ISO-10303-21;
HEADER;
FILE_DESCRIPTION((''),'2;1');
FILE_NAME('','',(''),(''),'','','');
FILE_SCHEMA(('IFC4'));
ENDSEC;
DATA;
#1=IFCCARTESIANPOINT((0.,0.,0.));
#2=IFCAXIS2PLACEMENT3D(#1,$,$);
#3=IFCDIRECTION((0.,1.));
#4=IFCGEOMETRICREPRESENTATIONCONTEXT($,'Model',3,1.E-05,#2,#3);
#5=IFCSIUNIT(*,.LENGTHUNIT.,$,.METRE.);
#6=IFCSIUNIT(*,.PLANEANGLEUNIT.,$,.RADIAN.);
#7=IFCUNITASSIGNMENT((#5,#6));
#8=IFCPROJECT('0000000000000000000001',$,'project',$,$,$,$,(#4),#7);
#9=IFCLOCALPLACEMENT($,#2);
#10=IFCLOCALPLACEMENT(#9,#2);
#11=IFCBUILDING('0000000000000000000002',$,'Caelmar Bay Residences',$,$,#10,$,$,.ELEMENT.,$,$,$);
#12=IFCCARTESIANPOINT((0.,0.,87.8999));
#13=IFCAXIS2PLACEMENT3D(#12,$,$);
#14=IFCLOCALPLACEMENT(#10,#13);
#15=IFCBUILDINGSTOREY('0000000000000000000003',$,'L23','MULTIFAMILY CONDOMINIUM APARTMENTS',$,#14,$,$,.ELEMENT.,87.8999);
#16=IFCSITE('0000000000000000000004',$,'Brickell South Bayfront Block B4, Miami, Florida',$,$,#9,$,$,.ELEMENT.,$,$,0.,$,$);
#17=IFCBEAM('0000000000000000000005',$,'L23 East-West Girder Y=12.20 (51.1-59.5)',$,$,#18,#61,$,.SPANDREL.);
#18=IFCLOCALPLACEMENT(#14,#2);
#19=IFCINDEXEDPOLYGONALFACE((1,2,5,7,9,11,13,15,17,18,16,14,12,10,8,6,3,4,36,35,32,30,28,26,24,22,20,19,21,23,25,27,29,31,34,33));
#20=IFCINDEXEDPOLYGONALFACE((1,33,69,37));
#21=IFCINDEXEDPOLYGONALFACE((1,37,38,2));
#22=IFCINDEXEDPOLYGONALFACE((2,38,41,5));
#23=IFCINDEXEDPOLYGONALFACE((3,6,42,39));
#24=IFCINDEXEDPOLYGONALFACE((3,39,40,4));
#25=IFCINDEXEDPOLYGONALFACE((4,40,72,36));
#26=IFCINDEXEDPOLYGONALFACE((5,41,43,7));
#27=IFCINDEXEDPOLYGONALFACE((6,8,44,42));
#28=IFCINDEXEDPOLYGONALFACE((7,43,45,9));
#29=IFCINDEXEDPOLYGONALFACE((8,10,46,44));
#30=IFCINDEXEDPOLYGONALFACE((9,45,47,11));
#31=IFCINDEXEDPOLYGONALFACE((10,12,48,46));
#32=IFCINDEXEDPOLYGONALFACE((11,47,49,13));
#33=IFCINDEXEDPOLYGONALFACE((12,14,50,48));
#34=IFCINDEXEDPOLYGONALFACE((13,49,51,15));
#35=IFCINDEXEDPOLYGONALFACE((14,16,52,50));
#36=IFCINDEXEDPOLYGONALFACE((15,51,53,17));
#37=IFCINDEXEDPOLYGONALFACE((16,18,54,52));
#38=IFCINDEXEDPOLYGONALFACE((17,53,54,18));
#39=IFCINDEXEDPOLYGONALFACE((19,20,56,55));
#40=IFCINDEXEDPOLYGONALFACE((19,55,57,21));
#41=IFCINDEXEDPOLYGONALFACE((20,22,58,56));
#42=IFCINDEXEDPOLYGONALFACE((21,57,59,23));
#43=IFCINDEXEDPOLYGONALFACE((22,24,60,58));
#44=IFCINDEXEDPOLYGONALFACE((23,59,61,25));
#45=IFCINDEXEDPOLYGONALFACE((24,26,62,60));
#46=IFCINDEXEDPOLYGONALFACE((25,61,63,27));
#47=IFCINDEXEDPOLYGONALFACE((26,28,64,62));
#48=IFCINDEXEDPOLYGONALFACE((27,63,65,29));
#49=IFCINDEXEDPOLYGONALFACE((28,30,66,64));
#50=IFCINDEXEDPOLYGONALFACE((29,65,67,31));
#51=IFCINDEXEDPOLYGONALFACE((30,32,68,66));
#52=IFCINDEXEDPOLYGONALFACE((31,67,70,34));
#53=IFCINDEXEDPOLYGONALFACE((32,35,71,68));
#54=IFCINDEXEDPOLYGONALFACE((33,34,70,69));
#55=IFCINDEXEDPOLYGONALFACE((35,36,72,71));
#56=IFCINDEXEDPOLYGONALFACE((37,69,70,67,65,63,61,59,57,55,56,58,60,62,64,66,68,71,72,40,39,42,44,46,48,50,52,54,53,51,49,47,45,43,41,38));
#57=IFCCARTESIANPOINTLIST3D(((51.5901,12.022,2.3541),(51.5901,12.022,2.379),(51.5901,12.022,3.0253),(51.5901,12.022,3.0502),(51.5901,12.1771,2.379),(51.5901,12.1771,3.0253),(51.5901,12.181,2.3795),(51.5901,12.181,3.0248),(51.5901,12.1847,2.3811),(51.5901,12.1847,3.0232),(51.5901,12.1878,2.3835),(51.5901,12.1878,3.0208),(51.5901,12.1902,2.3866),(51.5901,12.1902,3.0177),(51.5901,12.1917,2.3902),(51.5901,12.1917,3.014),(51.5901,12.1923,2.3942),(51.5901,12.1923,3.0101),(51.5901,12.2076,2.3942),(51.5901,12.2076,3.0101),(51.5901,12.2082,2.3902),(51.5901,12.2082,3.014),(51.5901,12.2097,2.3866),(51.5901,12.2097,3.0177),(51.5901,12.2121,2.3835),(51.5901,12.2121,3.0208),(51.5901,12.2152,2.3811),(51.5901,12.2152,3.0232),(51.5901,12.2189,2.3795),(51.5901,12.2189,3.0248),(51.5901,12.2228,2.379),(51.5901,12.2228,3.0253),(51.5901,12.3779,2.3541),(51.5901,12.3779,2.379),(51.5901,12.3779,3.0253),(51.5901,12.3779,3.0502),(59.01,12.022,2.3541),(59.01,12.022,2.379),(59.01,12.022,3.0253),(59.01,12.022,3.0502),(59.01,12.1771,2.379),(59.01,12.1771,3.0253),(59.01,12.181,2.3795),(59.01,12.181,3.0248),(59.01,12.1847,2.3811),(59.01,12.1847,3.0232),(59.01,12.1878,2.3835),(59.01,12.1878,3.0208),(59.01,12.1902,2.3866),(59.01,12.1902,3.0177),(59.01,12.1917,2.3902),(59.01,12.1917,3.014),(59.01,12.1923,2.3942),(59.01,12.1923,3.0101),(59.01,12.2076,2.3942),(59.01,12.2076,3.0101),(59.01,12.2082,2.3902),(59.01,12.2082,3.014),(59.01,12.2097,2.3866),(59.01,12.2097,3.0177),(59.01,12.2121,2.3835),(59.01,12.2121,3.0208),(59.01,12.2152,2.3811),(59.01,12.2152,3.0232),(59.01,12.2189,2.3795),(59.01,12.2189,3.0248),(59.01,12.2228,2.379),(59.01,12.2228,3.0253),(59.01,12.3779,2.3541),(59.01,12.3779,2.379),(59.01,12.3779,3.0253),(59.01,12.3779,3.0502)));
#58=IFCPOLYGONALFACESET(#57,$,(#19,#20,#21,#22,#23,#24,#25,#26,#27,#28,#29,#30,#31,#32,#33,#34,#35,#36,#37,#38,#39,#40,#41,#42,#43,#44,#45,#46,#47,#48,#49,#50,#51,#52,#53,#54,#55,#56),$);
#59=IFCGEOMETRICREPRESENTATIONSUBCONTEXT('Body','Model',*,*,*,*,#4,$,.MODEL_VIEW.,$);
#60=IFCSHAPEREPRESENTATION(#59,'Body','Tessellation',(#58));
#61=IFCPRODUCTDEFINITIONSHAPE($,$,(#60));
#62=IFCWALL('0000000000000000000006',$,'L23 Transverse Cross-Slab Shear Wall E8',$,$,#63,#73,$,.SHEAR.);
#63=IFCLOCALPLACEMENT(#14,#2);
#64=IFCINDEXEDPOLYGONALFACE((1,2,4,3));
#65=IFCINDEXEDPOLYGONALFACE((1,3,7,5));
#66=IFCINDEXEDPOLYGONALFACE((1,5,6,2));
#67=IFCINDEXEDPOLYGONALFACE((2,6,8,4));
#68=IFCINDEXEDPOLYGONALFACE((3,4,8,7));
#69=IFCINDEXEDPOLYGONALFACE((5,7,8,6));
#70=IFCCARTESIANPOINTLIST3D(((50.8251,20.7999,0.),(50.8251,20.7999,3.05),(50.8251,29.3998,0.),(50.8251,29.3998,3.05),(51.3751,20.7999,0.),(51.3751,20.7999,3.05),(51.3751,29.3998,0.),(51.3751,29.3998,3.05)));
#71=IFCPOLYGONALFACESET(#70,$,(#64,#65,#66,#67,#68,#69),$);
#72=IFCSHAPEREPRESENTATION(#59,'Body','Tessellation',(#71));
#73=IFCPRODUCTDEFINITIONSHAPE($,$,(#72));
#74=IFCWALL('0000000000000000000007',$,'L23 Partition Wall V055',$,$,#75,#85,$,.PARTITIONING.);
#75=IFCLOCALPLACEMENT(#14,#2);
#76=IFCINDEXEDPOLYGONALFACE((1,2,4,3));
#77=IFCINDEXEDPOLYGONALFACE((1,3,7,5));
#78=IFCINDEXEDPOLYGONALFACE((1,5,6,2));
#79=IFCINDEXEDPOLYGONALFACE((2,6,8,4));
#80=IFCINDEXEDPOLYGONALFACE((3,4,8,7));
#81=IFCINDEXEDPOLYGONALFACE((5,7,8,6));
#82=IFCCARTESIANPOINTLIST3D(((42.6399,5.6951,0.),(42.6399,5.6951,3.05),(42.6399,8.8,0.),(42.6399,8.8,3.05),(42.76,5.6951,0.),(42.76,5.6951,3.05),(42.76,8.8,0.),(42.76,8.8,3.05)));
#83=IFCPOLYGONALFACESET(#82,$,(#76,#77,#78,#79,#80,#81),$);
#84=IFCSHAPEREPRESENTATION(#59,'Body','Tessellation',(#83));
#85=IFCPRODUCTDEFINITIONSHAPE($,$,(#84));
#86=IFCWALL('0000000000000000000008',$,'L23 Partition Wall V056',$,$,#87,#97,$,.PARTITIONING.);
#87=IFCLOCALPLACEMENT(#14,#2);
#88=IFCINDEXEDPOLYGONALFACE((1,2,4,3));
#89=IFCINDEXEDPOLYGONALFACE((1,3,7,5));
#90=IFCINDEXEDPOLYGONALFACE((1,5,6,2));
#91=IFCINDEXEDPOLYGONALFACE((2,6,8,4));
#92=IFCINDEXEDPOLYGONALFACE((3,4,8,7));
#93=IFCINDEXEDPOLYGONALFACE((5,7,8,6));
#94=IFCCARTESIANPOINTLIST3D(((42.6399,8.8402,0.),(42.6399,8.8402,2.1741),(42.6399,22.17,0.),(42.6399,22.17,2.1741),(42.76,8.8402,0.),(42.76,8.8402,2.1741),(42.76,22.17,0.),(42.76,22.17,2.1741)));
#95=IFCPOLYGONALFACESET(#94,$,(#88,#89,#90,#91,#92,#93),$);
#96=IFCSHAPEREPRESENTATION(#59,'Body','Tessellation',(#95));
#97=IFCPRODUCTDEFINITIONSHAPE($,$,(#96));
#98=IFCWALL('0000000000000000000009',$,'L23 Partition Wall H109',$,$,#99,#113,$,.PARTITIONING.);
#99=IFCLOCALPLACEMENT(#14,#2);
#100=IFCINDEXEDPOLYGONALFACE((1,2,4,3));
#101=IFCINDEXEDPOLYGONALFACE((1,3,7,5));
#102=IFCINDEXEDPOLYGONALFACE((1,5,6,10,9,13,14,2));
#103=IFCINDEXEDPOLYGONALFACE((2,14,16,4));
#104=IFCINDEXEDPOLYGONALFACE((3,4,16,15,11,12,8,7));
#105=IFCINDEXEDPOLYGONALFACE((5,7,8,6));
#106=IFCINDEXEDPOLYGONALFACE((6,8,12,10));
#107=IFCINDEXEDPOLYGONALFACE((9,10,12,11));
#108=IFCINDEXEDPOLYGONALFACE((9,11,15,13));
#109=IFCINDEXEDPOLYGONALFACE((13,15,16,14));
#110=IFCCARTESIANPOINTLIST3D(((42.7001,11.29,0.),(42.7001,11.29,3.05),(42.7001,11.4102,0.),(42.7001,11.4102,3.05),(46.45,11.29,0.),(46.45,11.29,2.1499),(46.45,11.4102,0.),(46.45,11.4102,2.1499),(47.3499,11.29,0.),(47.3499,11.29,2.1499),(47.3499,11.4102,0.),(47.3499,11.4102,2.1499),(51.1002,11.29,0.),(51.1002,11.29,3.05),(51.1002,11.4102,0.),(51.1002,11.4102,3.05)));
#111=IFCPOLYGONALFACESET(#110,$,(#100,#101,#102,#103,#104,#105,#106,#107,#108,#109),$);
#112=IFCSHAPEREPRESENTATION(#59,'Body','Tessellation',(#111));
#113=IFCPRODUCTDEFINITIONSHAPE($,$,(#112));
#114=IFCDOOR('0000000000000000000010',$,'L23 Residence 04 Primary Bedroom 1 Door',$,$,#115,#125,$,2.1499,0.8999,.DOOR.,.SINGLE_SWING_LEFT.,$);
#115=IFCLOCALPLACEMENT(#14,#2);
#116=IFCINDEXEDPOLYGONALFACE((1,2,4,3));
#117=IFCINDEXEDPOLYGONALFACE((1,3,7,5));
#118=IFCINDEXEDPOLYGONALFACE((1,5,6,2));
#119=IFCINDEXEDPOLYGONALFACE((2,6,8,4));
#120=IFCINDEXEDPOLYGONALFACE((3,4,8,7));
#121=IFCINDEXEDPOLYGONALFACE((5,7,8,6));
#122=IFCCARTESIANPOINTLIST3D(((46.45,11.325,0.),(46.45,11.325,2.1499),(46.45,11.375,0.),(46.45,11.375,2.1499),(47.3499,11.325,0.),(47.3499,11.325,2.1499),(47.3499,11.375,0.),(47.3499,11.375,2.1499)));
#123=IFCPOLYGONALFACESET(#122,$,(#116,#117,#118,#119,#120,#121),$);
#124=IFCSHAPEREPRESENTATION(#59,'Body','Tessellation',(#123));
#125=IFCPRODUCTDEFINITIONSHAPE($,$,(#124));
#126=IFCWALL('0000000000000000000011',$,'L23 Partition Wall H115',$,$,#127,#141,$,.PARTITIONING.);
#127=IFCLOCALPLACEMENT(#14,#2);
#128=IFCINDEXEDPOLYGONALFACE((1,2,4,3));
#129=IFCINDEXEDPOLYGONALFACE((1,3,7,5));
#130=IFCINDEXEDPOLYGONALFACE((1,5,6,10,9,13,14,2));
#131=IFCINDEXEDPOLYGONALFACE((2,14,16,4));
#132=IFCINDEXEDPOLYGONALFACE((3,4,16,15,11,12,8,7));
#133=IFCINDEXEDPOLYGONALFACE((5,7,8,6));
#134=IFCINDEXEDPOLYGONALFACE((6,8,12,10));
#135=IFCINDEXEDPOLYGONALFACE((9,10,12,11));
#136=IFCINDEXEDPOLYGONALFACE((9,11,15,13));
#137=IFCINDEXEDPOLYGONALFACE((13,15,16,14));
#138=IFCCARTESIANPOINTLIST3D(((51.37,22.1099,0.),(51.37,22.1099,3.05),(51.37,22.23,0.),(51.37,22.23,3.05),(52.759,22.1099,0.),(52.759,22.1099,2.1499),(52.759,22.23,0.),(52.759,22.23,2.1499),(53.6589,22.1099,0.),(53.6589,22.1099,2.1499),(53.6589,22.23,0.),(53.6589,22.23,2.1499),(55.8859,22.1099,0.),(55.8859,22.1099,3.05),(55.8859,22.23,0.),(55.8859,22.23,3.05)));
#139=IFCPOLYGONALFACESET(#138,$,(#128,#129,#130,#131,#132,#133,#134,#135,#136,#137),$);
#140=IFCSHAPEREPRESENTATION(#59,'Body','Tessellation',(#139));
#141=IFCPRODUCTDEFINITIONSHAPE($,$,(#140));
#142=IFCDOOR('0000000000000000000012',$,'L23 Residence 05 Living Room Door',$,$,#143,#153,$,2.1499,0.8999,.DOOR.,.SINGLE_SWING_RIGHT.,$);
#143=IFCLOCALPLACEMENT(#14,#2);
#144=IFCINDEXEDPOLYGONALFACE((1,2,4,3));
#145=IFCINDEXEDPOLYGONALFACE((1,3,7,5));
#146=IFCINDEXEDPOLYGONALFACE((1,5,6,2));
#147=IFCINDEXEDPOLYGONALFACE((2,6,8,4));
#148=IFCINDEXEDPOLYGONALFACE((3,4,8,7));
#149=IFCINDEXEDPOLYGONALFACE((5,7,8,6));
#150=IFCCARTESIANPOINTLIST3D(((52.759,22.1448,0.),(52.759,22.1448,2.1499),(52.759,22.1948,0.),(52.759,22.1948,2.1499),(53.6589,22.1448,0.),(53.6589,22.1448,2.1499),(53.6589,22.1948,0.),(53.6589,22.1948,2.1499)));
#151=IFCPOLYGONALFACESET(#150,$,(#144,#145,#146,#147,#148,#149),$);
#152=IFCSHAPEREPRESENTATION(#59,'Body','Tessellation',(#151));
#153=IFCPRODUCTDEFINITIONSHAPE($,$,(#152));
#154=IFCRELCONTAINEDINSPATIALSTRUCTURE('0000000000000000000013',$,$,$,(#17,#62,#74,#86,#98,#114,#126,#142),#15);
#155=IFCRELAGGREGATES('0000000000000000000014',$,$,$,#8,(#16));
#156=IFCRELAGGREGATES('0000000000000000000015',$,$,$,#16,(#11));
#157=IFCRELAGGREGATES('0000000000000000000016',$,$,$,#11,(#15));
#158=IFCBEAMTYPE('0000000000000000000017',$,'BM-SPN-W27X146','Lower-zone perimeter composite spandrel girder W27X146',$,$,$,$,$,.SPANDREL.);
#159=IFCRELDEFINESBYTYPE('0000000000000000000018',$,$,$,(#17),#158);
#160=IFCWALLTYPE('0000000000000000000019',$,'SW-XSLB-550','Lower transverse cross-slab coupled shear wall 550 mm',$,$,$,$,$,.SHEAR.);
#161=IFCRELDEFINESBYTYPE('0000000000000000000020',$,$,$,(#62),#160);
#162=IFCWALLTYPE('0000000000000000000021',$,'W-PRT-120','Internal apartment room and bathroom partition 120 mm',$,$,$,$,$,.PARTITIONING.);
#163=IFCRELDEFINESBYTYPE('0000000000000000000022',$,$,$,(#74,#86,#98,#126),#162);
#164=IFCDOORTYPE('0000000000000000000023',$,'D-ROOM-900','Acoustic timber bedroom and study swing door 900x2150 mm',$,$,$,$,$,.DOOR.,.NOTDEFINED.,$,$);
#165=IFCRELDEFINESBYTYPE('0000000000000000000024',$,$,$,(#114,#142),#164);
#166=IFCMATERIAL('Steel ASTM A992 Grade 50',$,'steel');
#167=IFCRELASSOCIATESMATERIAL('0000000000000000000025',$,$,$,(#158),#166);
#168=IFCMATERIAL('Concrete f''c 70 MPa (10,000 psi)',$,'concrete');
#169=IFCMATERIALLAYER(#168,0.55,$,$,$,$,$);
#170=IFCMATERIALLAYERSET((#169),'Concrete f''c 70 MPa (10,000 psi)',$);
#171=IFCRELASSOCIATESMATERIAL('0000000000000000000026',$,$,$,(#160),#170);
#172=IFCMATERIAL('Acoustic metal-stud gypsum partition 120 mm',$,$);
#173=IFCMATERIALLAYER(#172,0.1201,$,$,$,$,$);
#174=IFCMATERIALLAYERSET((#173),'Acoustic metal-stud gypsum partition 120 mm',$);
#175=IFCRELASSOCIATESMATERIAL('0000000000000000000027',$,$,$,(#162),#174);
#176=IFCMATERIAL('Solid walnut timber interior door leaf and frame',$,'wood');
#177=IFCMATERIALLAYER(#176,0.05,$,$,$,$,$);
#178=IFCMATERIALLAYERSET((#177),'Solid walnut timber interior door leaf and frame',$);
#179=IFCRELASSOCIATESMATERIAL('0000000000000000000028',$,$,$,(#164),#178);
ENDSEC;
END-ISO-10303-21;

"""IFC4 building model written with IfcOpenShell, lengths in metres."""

from ifc_helpers import new_model, si_unit, direction, frame, frame_2d, origin, origin_2d, place, context, subcontext, project, spatial, rectangle, i_section, extrude, material, layer, layer_set, material_profile, profile_set, type_object, element, fill, save


model = new_model("IFC4")

# Units and contexts
model_context = context("Model", 3, precision=1e-05, world=origin(), true_north=direction((0.0, 1.0)))
body_context = subcontext(model_context, "Body", "Model", "MODEL_VIEW")
ifc_project = project(units=[si_unit("LENGTHUNIT", "METRE"), si_unit("PLANEANGLEUNIT", "RADIAN")], contexts=[model_context])

# Site, building, storey
site_placement = place(None, origin())
site = spatial("IfcSite", under=ifc_project, at=site_placement, Name="Brickell South Bayfront Block B4, Miami, Florida", CompositionType="ELEMENT", RefElevation=0.0)
building_placement = place(site_placement, origin())
building = spatial("IfcBuilding", under=site, at=building_placement, Name="Caelmar Bay Residences", CompositionType="ELEMENT")
storey_placement = place(building_placement, frame((0.0, 0.0, 87.8999)))
storey = spatial("IfcBuildingStorey", under=building, at=storey_placement, Name="L23", Description="MULTIFAMILY CONDOMINIUM APARTMENTS", CompositionType="ELEMENT", Elevation=87.8999)

# Shared definitions
ifc_material_1 = material(Name="Concrete f'c 70 MPa (10,000 psi)", Category="concrete")

# Beam
ifc_material_2 = material(Name="Steel ASTM A992 Grade 50", Category="steel")
ifc_material_profile_1 = material_profile(ifc_material_2, i_section(OverallWidth=0.356, OverallDepth=0.696, WebThickness=0.0154, FlangeThickness=0.0249, FilletRadius=0.0151, at=origin_2d()), Name="W27X146")
ifc_profile_set_1 = profile_set([ifc_material_profile_1], Name="Steel ASTM A992 Grade 50")
beam_type_1 = type_object("IfcBeamType", Name="BM-SPN-W27X146", Description="Lower-zone perimeter composite spandrel girder W27X146", PredefinedType="SPANDREL", material=ifc_profile_set_1)
beam_1_placement = place(storey_placement, frame((51.5901, 12.2, 2.7021), z_axis=(1.0, 0.0, 0.0), x_axis=(0.0, 1.0, 0.0)))
element("IfcBeam", 1, at=beam_1_placement, inside=storey, type_object=beam_type_1, Name="L23 East-West Girder Y=12.20 (51.1-59.5)", PredefinedType="SPANDREL", context=body_context, shape_type="SweptSolid", body=[
    extrude(i_section(OverallWidth=0.356, OverallDepth=0.696, WebThickness=0.0154, FlangeThickness=0.0249, FilletRadius=0.0151, at=origin_2d()), origin(), (0.0, 0.0, 1.0), 7.4199),
])

# Walls
ifc_layer_1 = layer(ifc_material_1, 0.55)
ifc_layer_set_1 = layer_set([ifc_layer_1], Name="Concrete f'c 70 MPa (10,000 psi)")
wall_type_1 = type_object("IfcWallType", Name="SW-XSLB-550", Description="Lower transverse cross-slab coupled shear wall 550 mm", PredefinedType="SHEAR", material=ifc_layer_set_1)
wall_1_placement = place(storey_placement, frame((51.1001, 20.8, 0.0), z_axis=(0.0, 0.0, 1.0), x_axis=(0.0, 1.0, 0.0)))
element("IfcWall", 2, at=wall_1_placement, inside=storey, type_object=wall_type_1, Name="L23 Transverse Cross-Slab Shear Wall E8", PredefinedType="SHEAR", context=body_context, shape_type="SweptSolid", body=[
    extrude(rectangle(XDim=8.5999, YDim=0.55, at=frame_2d((4.2998, 0.0))), origin(), (0.0, 0.0, 1.0), 3.05),
])
ifc_material_3 = material(Name="Acoustic metal-stud gypsum partition 120 mm")
ifc_layer_2 = layer(ifc_material_3, 0.1201)
ifc_layer_set_2 = layer_set([ifc_layer_2], Name="Acoustic metal-stud gypsum partition 120 mm")
wall_type_2 = type_object("IfcWallType", Name="W-PRT-120", Description="Internal apartment room and bathroom partition 120 mm", PredefinedType="PARTITIONING", material=ifc_layer_set_2)
wall_2_placement = place(storey_placement, frame((42.7, 5.6951, 0.0), z_axis=(0.0, 0.0, 1.0), x_axis=(0.0, 1.0, 0.0)))
element("IfcWall", 3, at=wall_2_placement, inside=storey, type_object=wall_type_2, Name="L23 Partition Wall V055", PredefinedType="PARTITIONING", context=body_context, shape_type="SweptSolid", body=[
    extrude(rectangle(XDim=3.105, YDim=0.1201, at=frame_2d((1.5525, 0.0))), origin(), (0.0, 0.0, 1.0), 3.05),
])
wall_3_placement = place(storey_placement, frame((42.7, 8.8401, 0.0), z_axis=(0.0, 0.0, 1.0), x_axis=(0.0, 1.0, 0.0)))
element("IfcWall", 4, at=wall_3_placement, inside=storey, type_object=wall_type_2, Name="L23 Partition Wall V056", PredefinedType="PARTITIONING", context=body_context, shape_type="SweptSolid", body=[
    extrude(rectangle(XDim=13.3298, YDim=0.1201, at=frame_2d((6.665, 0.0))), origin(), (0.0, 0.0, 1.0), 2.1741),
])

# Walls, openings, doors
wall_4_placement = place(storey_placement, frame((42.7, 11.3501, 0.0), z_axis=(0.0, 0.0, 1.0), x_axis=(1.0, 0.0, 0.0)))
wall_4 = element("IfcWall", 5, at=wall_4_placement, inside=storey, type_object=wall_type_2, Name="L23 Partition Wall H109", PredefinedType="PARTITIONING", context=body_context, shape_type="SweptSolid", body=[
    extrude(rectangle(XDim=8.4001, YDim=0.1201, at=frame_2d((4.2002, 0.0))), origin(), (0.0, 0.0, 1.0), 3.05),
])
opening_1_placement = place(wall_4_placement, frame((3.75, 0.0, 0.0)))
opening_1 = element("IfcOpeningElement", 6, at=opening_1_placement, cuts=wall_4, PredefinedType="OPENING", context=body_context, shape_type="SweptSolid", body=[
    extrude(rectangle(XDim=0.8999, YDim=2.1499, at=frame_2d((0.45, 1.075))), frame((0.0, 0.0701, 0.0), z_axis=(0.0, -1.0, 0.0), x_axis=(1.0, 0.0, 0.0)), (0.0, 0.0, 1.0), 0.1401),
])
ifc_material_4 = material(Name="Solid walnut timber interior door leaf and frame", Category="wood")
ifc_layer_3 = layer(ifc_material_4, 0.05)
ifc_layer_set_3 = layer_set([ifc_layer_3], Name="Solid walnut timber interior door leaf and frame")
door_type = type_object("IfcDoorType", Name="D-ROOM-900", Description="Acoustic timber bedroom and study swing door 900x2150 mm", OperationType="NOTDEFINED", PredefinedType="DOOR", material=ifc_layer_set_3)
door_1_placement = place(opening_1_placement, origin())
door_1 = element("IfcDoor", 7, at=door_1_placement, inside=storey, type_object=door_type, Name="L23 Residence 04 Primary Bedroom 1 Door", OperationType="SINGLE_SWING_LEFT", OverallHeight=2.1499, OverallWidth=0.8999, PredefinedType="DOOR", context=body_context, shape_type="SweptSolid", body=[
    extrude(rectangle(XDim=0.8999, YDim=2.1499, at=frame_2d((0.45, 1.075))), frame((0.0, 0.0249, 0.0), z_axis=(0.0, -1.0, 0.0), x_axis=(1.0, 0.0, 0.0)), (0.0, 0.0, 1.0), 0.05),
])
fill(opening_1, door_1)
wall_5_placement = place(storey_placement, frame((51.3701, 22.1699, 0.0), z_axis=(0.0, 0.0, 1.0), x_axis=(1.0, 0.0, 0.0)))
wall_5 = element("IfcWall", 8, at=wall_5_placement, inside=storey, type_object=wall_type_2, Name="L23 Partition Wall H115", PredefinedType="PARTITIONING", context=body_context, shape_type="SweptSolid", body=[
    extrude(rectangle(XDim=4.5159, YDim=0.1201, at=frame_2d((2.2578, 0.0))), origin(), (0.0, 0.0, 1.0), 3.05),
])
opening_2_placement = place(wall_5_placement, frame((1.3889, 0.0, 0.0)))
opening_2 = element("IfcOpeningElement", 9, at=opening_2_placement, cuts=wall_5, PredefinedType="OPENING", context=body_context, shape_type="SweptSolid", body=[
    extrude(rectangle(XDim=0.8999, YDim=2.1499, at=frame_2d((0.45, 1.075))), frame((0.0, 0.0701, 0.0), z_axis=(0.0, -1.0, 0.0), x_axis=(1.0, 0.0, 0.0)), (0.0, 0.0, 1.0), 0.1401),
])
door_2_placement = place(opening_2_placement, origin())
door_2 = element("IfcDoor", 10, at=door_2_placement, inside=storey, type_object=door_type, Name="L23 Residence 05 Living Room Door", OperationType="SINGLE_SWING_RIGHT", OverallHeight=2.1499, OverallWidth=0.8999, PredefinedType="DOOR", context=body_context, shape_type="SweptSolid", body=[
    extrude(rectangle(XDim=0.8999, YDim=2.1499, at=frame_2d((0.45, 1.075))), frame((0.0, 0.0249, 0.0), z_axis=(0.0, -1.0, 0.0), x_axis=(1.0, 0.0, 0.0)), (0.0, 0.0, 1.0), 0.05),
])
fill(opening_2, door_2)

save(model, "model.ifc")
